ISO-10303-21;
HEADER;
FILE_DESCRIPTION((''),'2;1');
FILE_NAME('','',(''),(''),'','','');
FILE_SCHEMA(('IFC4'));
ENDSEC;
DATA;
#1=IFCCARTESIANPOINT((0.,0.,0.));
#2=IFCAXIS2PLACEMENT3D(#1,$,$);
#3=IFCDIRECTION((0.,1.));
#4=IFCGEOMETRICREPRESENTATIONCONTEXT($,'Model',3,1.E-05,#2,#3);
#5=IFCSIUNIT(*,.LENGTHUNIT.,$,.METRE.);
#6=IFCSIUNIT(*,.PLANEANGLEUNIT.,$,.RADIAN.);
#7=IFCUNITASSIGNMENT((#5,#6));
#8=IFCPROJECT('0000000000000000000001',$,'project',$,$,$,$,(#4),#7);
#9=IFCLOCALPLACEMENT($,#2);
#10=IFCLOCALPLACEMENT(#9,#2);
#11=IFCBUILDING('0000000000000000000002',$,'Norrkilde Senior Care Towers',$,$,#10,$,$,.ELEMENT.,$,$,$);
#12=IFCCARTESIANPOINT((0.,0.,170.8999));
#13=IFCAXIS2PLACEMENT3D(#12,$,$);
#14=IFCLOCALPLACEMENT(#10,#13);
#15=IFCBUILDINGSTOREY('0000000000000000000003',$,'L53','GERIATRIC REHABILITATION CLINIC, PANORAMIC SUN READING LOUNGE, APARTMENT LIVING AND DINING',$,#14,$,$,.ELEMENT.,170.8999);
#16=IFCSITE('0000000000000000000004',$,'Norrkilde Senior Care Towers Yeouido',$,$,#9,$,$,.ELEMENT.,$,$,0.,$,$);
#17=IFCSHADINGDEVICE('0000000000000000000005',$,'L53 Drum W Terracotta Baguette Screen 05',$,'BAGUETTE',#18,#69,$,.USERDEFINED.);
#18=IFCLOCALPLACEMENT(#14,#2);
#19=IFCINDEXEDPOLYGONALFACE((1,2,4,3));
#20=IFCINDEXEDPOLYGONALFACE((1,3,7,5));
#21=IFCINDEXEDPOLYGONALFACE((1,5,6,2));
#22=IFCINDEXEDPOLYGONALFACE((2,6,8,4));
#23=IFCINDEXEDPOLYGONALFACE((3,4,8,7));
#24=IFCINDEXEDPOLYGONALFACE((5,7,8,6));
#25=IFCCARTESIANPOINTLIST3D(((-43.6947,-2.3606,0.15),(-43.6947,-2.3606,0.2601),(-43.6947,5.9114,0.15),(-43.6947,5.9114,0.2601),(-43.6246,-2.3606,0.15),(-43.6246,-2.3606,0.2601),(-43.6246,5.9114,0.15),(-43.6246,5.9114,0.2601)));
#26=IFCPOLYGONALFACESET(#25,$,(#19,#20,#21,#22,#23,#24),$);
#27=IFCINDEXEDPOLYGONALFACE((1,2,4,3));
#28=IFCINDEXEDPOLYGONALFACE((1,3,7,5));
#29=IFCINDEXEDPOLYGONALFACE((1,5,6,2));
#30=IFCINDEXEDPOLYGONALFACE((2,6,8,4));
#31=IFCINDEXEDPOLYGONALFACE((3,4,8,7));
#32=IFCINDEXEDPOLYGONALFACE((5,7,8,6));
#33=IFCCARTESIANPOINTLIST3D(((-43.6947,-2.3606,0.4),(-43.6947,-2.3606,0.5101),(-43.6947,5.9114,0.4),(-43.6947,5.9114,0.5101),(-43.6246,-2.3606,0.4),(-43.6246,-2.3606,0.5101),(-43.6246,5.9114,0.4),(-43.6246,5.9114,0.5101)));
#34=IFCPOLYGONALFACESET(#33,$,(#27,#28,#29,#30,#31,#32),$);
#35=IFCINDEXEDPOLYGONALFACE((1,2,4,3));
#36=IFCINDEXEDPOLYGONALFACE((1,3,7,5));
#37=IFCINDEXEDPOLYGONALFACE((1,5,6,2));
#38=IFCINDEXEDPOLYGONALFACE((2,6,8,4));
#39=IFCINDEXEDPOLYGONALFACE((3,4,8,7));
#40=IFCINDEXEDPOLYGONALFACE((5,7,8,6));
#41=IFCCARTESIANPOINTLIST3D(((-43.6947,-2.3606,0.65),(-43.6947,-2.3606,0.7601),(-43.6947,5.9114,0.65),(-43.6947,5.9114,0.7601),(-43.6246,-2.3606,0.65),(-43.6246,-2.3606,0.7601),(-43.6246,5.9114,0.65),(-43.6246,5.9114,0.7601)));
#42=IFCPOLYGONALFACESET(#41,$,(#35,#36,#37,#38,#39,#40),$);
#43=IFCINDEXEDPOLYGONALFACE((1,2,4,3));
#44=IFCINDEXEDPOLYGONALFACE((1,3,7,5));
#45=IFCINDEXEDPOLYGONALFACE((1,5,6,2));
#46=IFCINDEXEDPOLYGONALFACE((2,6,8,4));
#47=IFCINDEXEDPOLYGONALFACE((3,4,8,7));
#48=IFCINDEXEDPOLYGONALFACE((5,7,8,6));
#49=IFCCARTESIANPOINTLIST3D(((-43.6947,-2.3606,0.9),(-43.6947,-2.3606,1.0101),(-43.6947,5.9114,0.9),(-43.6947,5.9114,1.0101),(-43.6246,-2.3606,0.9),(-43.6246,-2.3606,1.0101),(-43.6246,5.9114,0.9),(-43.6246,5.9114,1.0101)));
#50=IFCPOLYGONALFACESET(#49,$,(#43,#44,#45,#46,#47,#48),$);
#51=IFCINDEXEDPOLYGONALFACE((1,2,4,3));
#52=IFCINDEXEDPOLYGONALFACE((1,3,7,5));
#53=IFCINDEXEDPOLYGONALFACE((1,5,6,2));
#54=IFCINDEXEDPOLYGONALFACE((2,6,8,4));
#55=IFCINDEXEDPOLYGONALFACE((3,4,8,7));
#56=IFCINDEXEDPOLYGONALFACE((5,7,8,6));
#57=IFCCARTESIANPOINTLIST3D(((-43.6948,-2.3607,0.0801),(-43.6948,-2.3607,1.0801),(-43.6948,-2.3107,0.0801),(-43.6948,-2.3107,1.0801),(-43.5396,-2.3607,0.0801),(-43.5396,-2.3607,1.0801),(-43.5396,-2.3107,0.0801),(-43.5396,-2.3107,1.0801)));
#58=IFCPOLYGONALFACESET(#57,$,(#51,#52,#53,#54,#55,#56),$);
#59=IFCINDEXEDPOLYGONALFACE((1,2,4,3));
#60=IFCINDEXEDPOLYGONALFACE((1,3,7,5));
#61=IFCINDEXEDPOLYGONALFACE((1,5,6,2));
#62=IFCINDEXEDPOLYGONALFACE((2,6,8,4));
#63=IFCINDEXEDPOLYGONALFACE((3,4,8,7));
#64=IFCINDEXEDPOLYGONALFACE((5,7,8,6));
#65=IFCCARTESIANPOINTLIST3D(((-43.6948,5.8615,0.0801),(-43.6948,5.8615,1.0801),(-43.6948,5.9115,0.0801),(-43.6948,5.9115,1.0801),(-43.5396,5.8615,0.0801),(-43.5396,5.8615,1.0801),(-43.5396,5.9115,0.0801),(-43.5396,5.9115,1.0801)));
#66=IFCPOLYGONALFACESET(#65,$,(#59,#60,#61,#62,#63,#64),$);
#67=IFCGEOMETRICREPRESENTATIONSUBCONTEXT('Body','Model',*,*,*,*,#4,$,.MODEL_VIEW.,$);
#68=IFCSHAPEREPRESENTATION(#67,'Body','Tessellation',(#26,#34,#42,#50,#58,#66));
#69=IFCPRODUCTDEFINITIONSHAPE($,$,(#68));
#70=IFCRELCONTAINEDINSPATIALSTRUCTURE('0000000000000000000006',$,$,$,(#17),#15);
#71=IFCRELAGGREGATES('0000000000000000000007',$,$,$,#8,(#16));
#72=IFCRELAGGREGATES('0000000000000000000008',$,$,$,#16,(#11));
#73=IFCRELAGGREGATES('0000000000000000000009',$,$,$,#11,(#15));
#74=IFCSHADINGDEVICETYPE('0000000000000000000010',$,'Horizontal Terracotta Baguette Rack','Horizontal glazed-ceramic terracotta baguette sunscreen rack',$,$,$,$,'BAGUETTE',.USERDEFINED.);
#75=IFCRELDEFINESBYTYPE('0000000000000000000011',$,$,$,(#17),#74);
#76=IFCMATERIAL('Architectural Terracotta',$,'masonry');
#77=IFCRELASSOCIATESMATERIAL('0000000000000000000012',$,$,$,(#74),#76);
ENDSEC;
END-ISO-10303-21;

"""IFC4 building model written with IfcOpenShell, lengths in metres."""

from ifc_helpers import new_model, si_unit, direction, frame, origin, origin_2d, place, context, subcontext, project, spatial, rectangle, extrude, source, transform, mapped, material, type_object, type_shapes, element, save


model = new_model("IFC4")

# Units and contexts
model_context = context("Model", 3, precision=1e-05, world=origin(), true_north=direction((0.0, 1.0)))
body_context = subcontext(model_context, "Body", "Model", "MODEL_VIEW")
ifc_project = project(units=[si_unit("LENGTHUNIT", "METRE"), si_unit("PLANEANGLEUNIT", "RADIAN")], contexts=[model_context])

# Site, building, storey
site_placement = place(None, origin())
site = spatial("IfcSite", under=ifc_project, at=site_placement, Name="Norrkilde Senior Care Towers Yeouido", CompositionType="ELEMENT", RefElevation=0.0)
building_placement = place(site_placement, origin())
building = spatial("IfcBuilding", under=site, at=building_placement, Name="Norrkilde Senior Care Towers", CompositionType="ELEMENT")
storey_placement = place(building_placement, frame((0.0, 0.0, 170.8999)))
storey = spatial("IfcBuildingStorey", under=building, at=storey_placement, Name="L53", Description="GERIATRIC REHABILITATION CLINIC, PANORAMIC SUN READING LOUNGE, APARTMENT LIVING AND DINING", CompositionType="ELEMENT", Elevation=170.8999)

# Shading device
ifc_material_1 = material(Name="Architectural Terracotta", Category="masonry")
shading_device_type = type_object("IfcShadingDeviceType", Name="Horizontal Terracotta Baguette Rack", Description="Horizontal glazed-ceramic terracotta baguette sunscreen rack", ElementType="BAGUETTE", PredefinedType="USERDEFINED", material=ifc_material_1)
shared_shape_1 = source(origin(), body_context, "Body", "SweptSolid", [
    extrude(rectangle(XDim=0.0701, YDim=0.1101, at=origin_2d()), frame((0.0, 0.0901, 0.125), z_axis=(1.0, 0.0, 0.0), x_axis=(0.0, 1.0, 0.0)), (0.0, 0.0, 1.0), 8.272),
    extrude(rectangle(XDim=0.0701, YDim=0.1101, at=origin_2d()), frame((0.0, 0.0901, 0.375), z_axis=(1.0, 0.0, 0.0), x_axis=(0.0, 1.0, 0.0)), (0.0, 0.0, 1.0), 8.272),
    extrude(rectangle(XDim=0.0701, YDim=0.1101, at=origin_2d()), frame((0.0, 0.0901, 0.625), z_axis=(1.0, 0.0, 0.0), x_axis=(0.0, 1.0, 0.0)), (0.0, 0.0, 1.0), 8.272),
    extrude(rectangle(XDim=0.0701, YDim=0.1101, at=origin_2d()), frame((0.0, 0.0901, 0.875), z_axis=(1.0, 0.0, 0.0), x_axis=(0.0, 1.0, 0.0)), (0.0, 0.0, 1.0), 8.272),
    extrude(rectangle(XDim=0.05, YDim=0.1553, at=origin_2d()), frame((0.0249, 0.0476, 0.0)), (0.0, 0.0, 1.0), 1.0),
    extrude(rectangle(XDim=0.05, YDim=0.1553, at=origin_2d()), frame((8.2471, 0.0476, 0.0)), (0.0, 0.0, 1.0), 1.0),
])
type_shapes(shading_device_type, [shared_shape_1])
shading_device_placement = place(storey_placement, frame((-43.5696, -2.3606, 0.0801), z_axis=(0.0, 0.0, 1.0), x_axis=(0.0, 1.0, 0.0)))
element("IfcShadingDevice", 1, at=shading_device_placement, inside=storey, type_object=shading_device_type, Name="L53 Drum W Terracotta Baguette Screen 05", ObjectType="BAGUETTE", PredefinedType="USERDEFINED", context=body_context, shape_type="MappedRepresentation", body=[
    mapped(shared_shape_1, transform((0.0, 0.0, 0.0), x_axis=(1.0, 0.0, 0.0), y_axis=(0.0, 1.0, 0.0), z_axis=(0.0, 0.0, 1.0), scale=1.0)),
])

save(model, "model.ifc")
